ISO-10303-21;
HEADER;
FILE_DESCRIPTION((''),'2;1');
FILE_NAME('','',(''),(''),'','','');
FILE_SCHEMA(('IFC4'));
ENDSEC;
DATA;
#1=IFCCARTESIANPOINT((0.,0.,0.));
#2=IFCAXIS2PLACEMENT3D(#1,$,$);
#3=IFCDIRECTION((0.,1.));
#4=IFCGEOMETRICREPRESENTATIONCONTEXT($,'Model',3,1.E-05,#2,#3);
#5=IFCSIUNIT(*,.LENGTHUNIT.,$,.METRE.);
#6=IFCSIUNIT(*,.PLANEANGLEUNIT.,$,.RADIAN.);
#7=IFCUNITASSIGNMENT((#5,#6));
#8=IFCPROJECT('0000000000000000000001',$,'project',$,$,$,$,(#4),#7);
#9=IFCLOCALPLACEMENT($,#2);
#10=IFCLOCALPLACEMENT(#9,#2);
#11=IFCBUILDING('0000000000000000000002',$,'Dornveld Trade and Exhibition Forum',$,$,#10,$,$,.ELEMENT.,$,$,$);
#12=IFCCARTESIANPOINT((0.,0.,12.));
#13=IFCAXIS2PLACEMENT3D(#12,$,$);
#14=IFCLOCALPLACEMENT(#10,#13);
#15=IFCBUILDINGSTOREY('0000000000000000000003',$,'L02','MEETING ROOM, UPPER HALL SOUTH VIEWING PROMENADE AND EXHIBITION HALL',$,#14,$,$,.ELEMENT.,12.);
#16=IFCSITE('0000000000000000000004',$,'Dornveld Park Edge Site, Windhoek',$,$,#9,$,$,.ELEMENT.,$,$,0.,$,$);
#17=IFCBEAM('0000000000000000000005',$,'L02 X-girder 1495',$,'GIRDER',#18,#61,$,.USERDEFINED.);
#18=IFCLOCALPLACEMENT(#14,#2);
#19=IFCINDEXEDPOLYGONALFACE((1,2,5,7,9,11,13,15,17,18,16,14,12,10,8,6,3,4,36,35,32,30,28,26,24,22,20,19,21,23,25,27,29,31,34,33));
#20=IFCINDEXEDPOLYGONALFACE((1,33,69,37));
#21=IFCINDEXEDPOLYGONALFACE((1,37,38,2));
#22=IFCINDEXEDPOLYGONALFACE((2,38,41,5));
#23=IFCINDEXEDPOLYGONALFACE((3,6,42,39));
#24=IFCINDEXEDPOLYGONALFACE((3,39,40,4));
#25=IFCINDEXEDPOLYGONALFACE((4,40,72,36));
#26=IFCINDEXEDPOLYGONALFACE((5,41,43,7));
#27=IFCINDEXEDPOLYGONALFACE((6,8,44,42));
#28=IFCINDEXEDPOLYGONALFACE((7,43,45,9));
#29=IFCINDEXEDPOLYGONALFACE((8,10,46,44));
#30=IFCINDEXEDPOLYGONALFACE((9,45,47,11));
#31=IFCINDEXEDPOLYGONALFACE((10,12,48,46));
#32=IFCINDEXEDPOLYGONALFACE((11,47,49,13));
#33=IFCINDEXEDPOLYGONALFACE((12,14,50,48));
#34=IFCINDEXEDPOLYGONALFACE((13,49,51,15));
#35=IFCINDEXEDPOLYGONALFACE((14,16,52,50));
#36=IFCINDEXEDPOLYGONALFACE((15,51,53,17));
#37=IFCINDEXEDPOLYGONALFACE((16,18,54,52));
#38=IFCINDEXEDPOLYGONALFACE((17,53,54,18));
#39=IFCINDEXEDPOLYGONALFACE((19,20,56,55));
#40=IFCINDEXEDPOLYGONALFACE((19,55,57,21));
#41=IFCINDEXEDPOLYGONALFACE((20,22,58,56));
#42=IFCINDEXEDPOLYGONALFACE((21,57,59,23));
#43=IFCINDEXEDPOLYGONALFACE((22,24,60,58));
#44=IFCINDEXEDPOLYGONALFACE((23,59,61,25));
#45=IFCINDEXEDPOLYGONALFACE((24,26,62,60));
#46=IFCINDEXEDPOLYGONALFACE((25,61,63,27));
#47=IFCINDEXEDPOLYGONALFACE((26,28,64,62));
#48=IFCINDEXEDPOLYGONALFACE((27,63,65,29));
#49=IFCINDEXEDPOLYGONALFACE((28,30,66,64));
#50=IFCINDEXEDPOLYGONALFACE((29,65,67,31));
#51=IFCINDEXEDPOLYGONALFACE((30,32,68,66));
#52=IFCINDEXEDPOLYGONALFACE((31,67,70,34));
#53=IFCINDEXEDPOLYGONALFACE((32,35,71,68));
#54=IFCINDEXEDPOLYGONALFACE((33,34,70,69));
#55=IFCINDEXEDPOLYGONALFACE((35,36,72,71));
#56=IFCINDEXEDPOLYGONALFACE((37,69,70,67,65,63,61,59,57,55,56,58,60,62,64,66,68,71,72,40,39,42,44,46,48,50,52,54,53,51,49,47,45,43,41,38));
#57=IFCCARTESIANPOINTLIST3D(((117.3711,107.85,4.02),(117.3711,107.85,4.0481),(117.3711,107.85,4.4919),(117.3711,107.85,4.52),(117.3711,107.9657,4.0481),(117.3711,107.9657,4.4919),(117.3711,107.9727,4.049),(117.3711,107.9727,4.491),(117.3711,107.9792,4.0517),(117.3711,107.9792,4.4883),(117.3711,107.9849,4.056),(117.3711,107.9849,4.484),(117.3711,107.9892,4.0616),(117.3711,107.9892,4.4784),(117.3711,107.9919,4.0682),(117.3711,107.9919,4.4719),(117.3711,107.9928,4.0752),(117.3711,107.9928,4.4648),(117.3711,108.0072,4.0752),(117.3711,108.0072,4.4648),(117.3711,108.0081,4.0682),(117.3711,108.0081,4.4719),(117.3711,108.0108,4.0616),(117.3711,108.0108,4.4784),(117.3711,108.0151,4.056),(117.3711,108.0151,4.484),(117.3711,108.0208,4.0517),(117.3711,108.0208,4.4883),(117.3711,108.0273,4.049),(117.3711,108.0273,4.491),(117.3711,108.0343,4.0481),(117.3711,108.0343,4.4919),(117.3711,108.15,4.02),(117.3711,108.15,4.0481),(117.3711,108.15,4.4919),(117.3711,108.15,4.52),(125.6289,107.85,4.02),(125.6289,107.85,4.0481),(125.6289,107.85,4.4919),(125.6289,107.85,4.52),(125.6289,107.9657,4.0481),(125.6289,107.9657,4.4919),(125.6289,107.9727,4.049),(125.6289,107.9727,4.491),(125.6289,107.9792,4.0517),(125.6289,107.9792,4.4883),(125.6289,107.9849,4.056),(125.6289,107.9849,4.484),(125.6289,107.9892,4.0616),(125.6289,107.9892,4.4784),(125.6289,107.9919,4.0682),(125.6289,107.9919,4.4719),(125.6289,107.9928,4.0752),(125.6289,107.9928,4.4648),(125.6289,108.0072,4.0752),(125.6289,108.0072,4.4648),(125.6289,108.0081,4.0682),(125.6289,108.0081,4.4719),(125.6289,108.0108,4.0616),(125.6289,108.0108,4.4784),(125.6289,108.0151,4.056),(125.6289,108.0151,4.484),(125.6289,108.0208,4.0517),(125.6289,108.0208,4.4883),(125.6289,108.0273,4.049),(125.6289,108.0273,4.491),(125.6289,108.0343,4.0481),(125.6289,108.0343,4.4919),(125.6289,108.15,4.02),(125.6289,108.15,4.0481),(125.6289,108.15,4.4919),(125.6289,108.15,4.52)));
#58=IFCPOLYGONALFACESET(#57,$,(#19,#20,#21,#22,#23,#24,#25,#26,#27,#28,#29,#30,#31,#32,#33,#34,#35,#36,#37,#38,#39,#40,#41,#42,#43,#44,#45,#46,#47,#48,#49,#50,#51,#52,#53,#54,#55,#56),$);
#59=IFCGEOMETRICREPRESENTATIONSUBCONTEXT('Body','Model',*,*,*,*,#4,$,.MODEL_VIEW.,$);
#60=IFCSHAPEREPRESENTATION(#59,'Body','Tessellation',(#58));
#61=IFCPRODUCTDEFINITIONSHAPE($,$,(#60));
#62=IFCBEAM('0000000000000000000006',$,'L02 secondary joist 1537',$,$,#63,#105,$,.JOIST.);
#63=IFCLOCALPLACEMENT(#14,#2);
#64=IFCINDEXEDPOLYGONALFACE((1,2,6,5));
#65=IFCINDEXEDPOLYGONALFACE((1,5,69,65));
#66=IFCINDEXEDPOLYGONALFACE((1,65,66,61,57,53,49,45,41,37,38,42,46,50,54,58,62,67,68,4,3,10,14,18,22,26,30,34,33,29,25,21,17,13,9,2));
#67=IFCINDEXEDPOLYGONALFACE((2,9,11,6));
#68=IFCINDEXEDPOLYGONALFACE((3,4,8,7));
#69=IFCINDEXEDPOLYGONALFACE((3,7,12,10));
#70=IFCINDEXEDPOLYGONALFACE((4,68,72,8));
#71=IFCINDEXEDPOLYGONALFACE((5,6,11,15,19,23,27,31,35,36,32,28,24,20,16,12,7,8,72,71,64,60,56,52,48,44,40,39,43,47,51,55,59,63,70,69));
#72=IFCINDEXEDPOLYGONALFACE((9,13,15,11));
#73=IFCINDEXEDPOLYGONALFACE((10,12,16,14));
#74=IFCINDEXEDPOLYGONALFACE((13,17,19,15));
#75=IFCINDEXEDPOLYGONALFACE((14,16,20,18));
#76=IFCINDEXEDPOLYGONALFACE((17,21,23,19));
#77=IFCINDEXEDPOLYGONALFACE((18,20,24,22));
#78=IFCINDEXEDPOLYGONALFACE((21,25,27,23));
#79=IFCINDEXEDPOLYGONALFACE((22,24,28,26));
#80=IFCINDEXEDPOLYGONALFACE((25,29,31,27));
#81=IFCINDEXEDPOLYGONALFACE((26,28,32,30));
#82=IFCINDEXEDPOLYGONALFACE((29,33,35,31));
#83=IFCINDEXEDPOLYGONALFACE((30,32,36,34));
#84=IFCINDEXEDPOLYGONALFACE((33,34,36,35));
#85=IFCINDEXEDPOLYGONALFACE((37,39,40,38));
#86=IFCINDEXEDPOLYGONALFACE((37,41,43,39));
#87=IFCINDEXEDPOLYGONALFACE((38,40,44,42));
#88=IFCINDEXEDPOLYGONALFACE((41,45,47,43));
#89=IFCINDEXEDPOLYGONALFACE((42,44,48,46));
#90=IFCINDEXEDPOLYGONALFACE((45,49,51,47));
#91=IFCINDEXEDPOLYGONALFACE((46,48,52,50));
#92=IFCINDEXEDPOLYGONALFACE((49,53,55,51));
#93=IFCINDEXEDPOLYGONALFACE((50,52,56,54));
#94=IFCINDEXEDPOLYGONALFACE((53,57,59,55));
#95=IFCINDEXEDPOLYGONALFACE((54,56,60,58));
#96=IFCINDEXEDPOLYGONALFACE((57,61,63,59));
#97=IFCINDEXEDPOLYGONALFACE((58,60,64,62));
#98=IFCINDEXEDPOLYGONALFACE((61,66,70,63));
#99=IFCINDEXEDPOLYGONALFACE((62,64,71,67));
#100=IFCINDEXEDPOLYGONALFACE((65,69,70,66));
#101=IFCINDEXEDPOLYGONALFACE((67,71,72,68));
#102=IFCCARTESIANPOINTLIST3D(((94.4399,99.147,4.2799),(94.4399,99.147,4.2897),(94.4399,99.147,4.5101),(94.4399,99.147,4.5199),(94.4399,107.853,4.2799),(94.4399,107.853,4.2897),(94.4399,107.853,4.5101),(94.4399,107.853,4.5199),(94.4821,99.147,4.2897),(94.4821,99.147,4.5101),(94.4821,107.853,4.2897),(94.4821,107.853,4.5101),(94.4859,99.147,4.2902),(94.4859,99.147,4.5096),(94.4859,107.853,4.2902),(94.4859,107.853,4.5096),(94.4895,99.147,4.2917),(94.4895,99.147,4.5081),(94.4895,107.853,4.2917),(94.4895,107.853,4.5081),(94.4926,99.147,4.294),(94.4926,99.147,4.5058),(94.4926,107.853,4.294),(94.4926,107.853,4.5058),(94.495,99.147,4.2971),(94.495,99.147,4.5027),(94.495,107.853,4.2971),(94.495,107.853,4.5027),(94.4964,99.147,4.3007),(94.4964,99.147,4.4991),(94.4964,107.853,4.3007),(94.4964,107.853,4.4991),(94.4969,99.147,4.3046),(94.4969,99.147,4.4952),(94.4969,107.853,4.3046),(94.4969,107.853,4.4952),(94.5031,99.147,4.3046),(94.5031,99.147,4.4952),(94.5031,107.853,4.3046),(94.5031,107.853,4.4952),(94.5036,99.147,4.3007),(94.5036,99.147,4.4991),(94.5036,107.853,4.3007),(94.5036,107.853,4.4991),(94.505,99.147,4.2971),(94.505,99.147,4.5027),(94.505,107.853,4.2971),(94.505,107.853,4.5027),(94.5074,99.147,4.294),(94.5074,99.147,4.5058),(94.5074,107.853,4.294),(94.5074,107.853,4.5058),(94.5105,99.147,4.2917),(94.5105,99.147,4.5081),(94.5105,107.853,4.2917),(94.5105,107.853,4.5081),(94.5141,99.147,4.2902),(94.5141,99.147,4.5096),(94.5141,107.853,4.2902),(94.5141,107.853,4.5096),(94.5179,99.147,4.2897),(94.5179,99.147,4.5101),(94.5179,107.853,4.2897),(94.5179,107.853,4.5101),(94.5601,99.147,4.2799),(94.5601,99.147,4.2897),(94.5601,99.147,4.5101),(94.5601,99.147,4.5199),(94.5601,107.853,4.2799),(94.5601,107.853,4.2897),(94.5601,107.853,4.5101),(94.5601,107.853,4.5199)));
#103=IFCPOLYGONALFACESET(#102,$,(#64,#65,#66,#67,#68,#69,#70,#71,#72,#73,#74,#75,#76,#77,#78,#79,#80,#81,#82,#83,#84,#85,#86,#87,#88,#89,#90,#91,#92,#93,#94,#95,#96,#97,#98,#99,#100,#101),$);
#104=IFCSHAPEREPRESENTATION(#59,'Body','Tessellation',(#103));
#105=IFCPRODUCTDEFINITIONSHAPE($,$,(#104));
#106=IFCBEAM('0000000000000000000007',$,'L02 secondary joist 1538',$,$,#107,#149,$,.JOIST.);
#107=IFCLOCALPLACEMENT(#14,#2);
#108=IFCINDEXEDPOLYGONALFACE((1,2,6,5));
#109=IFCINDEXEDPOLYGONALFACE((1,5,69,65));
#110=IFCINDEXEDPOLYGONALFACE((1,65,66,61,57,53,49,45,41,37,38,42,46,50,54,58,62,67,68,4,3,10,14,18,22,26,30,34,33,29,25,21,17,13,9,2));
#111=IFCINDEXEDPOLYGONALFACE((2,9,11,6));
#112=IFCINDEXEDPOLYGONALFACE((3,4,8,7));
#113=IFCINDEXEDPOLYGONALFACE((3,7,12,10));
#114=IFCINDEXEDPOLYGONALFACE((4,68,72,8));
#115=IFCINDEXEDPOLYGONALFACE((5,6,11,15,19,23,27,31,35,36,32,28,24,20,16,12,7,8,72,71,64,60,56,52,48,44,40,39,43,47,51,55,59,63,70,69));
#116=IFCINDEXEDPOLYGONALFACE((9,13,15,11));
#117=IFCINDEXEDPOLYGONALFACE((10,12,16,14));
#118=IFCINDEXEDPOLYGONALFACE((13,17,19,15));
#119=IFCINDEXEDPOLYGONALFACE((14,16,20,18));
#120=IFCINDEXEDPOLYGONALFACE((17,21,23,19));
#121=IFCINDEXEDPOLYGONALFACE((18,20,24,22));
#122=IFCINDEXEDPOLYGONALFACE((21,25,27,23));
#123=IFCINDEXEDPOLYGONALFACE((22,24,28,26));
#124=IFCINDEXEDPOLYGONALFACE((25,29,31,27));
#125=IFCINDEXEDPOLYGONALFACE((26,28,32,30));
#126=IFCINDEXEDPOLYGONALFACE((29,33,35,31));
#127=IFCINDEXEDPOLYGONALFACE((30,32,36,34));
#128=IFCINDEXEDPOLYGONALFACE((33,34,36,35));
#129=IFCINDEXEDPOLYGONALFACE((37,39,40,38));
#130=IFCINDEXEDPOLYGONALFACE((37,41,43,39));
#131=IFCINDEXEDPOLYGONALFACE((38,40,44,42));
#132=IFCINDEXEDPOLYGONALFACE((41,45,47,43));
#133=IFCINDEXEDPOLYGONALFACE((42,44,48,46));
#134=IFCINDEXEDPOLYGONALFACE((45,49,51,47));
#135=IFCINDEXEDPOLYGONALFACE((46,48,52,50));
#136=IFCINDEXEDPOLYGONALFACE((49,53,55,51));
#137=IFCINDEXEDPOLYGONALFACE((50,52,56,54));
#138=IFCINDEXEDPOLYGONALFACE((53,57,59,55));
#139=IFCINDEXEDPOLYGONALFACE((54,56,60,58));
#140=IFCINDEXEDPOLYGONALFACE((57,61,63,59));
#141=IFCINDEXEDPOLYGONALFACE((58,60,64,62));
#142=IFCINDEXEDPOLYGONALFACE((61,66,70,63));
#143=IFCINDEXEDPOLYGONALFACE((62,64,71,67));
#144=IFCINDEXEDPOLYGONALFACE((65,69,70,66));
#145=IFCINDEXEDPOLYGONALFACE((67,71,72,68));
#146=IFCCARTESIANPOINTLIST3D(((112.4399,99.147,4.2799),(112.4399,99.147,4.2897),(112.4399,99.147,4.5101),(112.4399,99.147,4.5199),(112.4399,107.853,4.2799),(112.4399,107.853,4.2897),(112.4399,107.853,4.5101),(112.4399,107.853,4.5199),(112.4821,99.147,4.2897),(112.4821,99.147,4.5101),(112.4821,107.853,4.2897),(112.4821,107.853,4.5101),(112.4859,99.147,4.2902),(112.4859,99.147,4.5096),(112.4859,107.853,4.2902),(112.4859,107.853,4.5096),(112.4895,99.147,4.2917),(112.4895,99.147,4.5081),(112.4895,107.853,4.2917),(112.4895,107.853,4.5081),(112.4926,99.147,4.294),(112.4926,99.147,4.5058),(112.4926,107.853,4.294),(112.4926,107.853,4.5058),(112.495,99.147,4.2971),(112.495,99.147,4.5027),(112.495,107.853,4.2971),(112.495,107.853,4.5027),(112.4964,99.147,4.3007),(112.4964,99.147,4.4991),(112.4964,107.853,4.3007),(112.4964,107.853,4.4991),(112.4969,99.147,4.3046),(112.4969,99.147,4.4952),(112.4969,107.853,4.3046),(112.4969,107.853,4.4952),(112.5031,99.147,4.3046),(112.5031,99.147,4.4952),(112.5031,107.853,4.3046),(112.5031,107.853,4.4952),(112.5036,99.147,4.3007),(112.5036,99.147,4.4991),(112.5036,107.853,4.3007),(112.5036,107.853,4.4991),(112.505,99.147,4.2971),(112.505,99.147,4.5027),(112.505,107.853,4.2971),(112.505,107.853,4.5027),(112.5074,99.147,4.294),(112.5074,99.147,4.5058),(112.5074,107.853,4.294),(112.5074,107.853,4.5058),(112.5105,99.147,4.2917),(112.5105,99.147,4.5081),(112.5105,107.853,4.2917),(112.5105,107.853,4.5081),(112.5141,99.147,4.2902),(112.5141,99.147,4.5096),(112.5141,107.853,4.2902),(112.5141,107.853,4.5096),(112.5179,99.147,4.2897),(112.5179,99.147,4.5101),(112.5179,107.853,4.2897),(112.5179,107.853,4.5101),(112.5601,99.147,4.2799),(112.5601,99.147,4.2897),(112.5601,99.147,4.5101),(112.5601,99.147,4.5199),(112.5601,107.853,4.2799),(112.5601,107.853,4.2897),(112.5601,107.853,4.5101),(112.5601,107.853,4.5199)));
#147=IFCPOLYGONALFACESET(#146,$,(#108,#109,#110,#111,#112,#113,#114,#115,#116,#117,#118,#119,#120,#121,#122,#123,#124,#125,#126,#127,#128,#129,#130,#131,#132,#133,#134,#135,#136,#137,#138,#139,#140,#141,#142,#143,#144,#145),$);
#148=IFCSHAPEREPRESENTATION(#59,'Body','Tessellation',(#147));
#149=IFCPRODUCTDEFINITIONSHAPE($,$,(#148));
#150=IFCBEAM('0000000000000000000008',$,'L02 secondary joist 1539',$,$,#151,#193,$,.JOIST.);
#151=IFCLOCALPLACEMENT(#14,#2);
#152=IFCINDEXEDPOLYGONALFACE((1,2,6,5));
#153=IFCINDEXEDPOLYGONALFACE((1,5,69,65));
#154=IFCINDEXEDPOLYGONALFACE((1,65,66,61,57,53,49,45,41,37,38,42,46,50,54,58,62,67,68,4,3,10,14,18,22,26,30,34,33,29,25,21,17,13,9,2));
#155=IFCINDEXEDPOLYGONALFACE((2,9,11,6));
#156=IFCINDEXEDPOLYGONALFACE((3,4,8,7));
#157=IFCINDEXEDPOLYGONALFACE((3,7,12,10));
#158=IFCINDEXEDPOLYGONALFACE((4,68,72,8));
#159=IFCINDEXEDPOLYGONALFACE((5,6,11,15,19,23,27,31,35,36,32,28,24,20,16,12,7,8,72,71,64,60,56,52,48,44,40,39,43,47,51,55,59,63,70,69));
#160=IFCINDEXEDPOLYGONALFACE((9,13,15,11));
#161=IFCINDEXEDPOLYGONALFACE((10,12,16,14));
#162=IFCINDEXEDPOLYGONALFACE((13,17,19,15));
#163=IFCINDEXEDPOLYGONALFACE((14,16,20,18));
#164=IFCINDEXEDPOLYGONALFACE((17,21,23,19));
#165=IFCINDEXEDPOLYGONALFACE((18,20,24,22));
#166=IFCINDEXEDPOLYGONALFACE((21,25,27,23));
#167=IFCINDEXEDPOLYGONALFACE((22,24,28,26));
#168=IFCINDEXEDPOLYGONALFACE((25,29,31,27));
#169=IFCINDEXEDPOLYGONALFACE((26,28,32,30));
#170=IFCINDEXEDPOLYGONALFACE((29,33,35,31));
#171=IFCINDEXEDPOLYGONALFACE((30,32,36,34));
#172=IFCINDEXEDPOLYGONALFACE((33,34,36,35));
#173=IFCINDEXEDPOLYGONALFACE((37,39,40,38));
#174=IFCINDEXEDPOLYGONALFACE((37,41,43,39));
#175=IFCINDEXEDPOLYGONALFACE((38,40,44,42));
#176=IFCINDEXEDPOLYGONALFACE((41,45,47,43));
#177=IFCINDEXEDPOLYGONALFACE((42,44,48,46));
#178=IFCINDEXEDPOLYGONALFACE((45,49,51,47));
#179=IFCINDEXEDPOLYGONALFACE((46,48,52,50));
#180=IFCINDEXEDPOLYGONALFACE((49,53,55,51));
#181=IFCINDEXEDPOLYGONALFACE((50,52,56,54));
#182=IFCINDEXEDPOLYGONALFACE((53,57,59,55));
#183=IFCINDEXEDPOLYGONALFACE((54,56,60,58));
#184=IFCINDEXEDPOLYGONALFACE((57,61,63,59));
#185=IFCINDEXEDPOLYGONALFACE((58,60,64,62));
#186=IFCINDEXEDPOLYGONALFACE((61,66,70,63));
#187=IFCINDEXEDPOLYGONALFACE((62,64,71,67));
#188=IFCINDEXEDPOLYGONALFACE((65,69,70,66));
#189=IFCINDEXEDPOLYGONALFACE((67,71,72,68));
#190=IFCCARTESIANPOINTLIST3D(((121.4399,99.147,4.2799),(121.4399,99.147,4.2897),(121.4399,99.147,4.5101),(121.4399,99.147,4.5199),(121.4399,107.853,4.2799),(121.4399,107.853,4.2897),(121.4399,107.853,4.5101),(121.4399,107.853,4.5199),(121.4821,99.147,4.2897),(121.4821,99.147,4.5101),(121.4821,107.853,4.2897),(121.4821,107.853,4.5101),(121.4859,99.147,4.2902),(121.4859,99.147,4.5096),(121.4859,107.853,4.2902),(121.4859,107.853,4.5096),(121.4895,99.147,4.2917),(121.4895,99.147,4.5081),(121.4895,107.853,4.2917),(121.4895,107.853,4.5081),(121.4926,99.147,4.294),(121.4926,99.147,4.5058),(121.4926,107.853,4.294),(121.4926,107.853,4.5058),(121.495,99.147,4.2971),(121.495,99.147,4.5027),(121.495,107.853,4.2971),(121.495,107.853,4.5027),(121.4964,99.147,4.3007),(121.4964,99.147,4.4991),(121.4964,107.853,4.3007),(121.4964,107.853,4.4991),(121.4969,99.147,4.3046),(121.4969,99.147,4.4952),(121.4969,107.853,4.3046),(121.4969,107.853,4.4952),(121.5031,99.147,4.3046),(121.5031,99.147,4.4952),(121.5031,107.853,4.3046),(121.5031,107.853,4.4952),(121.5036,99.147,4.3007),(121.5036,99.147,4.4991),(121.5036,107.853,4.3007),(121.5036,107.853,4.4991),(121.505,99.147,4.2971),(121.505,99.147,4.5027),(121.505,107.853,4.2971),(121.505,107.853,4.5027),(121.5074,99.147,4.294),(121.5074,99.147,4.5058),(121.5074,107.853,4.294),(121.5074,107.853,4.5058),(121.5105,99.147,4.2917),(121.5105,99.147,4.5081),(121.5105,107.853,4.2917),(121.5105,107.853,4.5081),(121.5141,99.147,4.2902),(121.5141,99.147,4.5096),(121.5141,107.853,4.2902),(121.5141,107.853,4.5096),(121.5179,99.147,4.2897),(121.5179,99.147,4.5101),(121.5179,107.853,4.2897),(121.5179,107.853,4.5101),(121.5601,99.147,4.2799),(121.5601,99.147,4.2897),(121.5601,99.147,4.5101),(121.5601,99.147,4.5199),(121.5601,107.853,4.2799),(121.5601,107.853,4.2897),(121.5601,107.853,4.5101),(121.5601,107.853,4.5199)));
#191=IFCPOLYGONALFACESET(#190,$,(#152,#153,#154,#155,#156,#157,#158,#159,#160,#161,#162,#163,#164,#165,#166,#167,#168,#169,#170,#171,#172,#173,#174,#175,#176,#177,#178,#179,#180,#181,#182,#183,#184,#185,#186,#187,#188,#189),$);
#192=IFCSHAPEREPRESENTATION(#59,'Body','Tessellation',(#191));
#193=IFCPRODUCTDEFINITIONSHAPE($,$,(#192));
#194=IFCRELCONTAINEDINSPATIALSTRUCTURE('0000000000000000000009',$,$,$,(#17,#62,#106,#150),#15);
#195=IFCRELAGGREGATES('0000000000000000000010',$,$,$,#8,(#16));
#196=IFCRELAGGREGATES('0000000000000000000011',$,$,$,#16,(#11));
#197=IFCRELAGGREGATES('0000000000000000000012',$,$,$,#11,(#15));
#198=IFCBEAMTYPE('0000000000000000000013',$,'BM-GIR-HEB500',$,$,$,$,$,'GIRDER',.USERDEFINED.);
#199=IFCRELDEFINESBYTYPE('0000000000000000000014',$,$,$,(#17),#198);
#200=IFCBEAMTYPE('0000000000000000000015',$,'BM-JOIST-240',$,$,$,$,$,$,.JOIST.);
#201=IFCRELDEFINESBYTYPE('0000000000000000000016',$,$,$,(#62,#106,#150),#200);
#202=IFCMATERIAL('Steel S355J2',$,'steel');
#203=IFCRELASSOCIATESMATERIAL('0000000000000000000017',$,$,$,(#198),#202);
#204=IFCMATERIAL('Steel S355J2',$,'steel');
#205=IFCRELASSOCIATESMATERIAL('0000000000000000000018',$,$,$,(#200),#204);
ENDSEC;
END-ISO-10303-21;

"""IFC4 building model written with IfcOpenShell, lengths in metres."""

from ifc_helpers import new_model, si_unit, direction, frame, origin, origin_2d, place, context, subcontext, project, spatial, i_section, extrude, material, material_profile, profile_set, type_object, element, save


model = new_model("IFC4")

# Units and contexts
model_context = context("Model", 3, precision=1e-05, world=origin(), true_north=direction((0.0, 1.0)))
body_context = subcontext(model_context, "Body", "Model", "MODEL_VIEW")
ifc_project = project(units=[si_unit("LENGTHUNIT", "METRE"), si_unit("PLANEANGLEUNIT", "RADIAN")], contexts=[model_context])

# Site, building, storey
site_placement = place(None, origin())
site = spatial("IfcSite", under=ifc_project, at=site_placement, Name="Dornveld Park Edge Site, Windhoek", CompositionType="ELEMENT", RefElevation=0.0)
building_placement = place(site_placement, origin())
building = spatial("IfcBuilding", under=site, at=building_placement, Name="Dornveld Trade and Exhibition Forum", CompositionType="ELEMENT")
storey_placement = place(building_placement, frame((0.0, 0.0, 12.0)))
storey = spatial("IfcBuildingStorey", under=building, at=storey_placement, Name="L02", Description="MEETING ROOM, UPPER HALL SOUTH VIEWING PROMENADE AND EXHIBITION HALL", CompositionType="ELEMENT", Elevation=12.0)

# Beams
ifc_material_1 = material(Name="Steel S355J2", Category="steel")
ifc_material_profile_1 = material_profile(ifc_material_1, i_section(OverallWidth=0.3, OverallDepth=0.5, WebThickness=0.0144, FlangeThickness=0.0281, FilletRadius=0.0271, at=origin_2d()), Name="HEB 500")
ifc_profile_set_1 = profile_set([ifc_material_profile_1], Name="Steel S355J2")
beam_type_1 = type_object("IfcBeamType", Name="BM-GIR-HEB500", ElementType="GIRDER", PredefinedType="USERDEFINED", material=ifc_profile_set_1)
for number, where, z_axis, x_axis, name in (
    (1, (117.3711, 108.0, 4.27), (1.0, 0.0, 0.0), (0.0, 1.0, 0.0), "L02 X-girder 1495"),
):
    element("IfcBeam", number, at=place(storey_placement, frame(where, z_axis=z_axis, x_axis=x_axis)), inside=storey, type_object=beam_type_1, Name=name, ObjectType="GIRDER", PredefinedType="USERDEFINED", context=body_context, shape_type="SweptSolid", body=[
        extrude(i_section(OverallWidth=0.3, OverallDepth=0.5, WebThickness=0.0144, FlangeThickness=0.0281, FilletRadius=0.0271, at=origin_2d()), origin(), (0.0, 0.0, 1.0), 8.2578),
    ])
ifc_material_2 = material(Name="Steel S355J2", Category="steel")
ifc_material_profile_2 = material_profile(ifc_material_2, i_section(OverallWidth=0.1201, OverallDepth=0.24, WebThickness=0.0061, FlangeThickness=0.0098, FilletRadius=0.0149, at=origin_2d()), Name="IPE 240")
ifc_profile_set_2 = profile_set([ifc_material_profile_2], Name="Steel S355J2")
beam_type_2 = type_object("IfcBeamType", Name="BM-JOIST-240", PredefinedType="JOIST", material=ifc_profile_set_2)
for number, where, z_axis, x_axis, name in (
    (2, (94.5, 99.147, 4.3999), (0.0, 1.0, 0.0), (-1.0, 0.0, 0.0), "L02 secondary joist 1537"),
    (3, (112.5, 99.147, 4.3999), (0.0, 1.0, 0.0), (-1.0, 0.0, 0.0), "L02 secondary joist 1538"),
    (4, (121.5, 99.147, 4.3999), (0.0, 1.0, 0.0), (-1.0, 0.0, 0.0), "L02 secondary joist 1539"),
):
    element("IfcBeam", number, at=place(storey_placement, frame(where, z_axis=z_axis, x_axis=x_axis)), inside=storey, type_object=beam_type_2, Name=name, PredefinedType="JOIST", context=body_context, shape_type="SweptSolid", body=[
        extrude(i_section(OverallWidth=0.1201, OverallDepth=0.24, WebThickness=0.0061, FlangeThickness=0.0098, FilletRadius=0.0149, at=origin_2d()), origin(), (0.0, 0.0, 1.0), 8.7061),
    ])

save(model, "model.ifc")
